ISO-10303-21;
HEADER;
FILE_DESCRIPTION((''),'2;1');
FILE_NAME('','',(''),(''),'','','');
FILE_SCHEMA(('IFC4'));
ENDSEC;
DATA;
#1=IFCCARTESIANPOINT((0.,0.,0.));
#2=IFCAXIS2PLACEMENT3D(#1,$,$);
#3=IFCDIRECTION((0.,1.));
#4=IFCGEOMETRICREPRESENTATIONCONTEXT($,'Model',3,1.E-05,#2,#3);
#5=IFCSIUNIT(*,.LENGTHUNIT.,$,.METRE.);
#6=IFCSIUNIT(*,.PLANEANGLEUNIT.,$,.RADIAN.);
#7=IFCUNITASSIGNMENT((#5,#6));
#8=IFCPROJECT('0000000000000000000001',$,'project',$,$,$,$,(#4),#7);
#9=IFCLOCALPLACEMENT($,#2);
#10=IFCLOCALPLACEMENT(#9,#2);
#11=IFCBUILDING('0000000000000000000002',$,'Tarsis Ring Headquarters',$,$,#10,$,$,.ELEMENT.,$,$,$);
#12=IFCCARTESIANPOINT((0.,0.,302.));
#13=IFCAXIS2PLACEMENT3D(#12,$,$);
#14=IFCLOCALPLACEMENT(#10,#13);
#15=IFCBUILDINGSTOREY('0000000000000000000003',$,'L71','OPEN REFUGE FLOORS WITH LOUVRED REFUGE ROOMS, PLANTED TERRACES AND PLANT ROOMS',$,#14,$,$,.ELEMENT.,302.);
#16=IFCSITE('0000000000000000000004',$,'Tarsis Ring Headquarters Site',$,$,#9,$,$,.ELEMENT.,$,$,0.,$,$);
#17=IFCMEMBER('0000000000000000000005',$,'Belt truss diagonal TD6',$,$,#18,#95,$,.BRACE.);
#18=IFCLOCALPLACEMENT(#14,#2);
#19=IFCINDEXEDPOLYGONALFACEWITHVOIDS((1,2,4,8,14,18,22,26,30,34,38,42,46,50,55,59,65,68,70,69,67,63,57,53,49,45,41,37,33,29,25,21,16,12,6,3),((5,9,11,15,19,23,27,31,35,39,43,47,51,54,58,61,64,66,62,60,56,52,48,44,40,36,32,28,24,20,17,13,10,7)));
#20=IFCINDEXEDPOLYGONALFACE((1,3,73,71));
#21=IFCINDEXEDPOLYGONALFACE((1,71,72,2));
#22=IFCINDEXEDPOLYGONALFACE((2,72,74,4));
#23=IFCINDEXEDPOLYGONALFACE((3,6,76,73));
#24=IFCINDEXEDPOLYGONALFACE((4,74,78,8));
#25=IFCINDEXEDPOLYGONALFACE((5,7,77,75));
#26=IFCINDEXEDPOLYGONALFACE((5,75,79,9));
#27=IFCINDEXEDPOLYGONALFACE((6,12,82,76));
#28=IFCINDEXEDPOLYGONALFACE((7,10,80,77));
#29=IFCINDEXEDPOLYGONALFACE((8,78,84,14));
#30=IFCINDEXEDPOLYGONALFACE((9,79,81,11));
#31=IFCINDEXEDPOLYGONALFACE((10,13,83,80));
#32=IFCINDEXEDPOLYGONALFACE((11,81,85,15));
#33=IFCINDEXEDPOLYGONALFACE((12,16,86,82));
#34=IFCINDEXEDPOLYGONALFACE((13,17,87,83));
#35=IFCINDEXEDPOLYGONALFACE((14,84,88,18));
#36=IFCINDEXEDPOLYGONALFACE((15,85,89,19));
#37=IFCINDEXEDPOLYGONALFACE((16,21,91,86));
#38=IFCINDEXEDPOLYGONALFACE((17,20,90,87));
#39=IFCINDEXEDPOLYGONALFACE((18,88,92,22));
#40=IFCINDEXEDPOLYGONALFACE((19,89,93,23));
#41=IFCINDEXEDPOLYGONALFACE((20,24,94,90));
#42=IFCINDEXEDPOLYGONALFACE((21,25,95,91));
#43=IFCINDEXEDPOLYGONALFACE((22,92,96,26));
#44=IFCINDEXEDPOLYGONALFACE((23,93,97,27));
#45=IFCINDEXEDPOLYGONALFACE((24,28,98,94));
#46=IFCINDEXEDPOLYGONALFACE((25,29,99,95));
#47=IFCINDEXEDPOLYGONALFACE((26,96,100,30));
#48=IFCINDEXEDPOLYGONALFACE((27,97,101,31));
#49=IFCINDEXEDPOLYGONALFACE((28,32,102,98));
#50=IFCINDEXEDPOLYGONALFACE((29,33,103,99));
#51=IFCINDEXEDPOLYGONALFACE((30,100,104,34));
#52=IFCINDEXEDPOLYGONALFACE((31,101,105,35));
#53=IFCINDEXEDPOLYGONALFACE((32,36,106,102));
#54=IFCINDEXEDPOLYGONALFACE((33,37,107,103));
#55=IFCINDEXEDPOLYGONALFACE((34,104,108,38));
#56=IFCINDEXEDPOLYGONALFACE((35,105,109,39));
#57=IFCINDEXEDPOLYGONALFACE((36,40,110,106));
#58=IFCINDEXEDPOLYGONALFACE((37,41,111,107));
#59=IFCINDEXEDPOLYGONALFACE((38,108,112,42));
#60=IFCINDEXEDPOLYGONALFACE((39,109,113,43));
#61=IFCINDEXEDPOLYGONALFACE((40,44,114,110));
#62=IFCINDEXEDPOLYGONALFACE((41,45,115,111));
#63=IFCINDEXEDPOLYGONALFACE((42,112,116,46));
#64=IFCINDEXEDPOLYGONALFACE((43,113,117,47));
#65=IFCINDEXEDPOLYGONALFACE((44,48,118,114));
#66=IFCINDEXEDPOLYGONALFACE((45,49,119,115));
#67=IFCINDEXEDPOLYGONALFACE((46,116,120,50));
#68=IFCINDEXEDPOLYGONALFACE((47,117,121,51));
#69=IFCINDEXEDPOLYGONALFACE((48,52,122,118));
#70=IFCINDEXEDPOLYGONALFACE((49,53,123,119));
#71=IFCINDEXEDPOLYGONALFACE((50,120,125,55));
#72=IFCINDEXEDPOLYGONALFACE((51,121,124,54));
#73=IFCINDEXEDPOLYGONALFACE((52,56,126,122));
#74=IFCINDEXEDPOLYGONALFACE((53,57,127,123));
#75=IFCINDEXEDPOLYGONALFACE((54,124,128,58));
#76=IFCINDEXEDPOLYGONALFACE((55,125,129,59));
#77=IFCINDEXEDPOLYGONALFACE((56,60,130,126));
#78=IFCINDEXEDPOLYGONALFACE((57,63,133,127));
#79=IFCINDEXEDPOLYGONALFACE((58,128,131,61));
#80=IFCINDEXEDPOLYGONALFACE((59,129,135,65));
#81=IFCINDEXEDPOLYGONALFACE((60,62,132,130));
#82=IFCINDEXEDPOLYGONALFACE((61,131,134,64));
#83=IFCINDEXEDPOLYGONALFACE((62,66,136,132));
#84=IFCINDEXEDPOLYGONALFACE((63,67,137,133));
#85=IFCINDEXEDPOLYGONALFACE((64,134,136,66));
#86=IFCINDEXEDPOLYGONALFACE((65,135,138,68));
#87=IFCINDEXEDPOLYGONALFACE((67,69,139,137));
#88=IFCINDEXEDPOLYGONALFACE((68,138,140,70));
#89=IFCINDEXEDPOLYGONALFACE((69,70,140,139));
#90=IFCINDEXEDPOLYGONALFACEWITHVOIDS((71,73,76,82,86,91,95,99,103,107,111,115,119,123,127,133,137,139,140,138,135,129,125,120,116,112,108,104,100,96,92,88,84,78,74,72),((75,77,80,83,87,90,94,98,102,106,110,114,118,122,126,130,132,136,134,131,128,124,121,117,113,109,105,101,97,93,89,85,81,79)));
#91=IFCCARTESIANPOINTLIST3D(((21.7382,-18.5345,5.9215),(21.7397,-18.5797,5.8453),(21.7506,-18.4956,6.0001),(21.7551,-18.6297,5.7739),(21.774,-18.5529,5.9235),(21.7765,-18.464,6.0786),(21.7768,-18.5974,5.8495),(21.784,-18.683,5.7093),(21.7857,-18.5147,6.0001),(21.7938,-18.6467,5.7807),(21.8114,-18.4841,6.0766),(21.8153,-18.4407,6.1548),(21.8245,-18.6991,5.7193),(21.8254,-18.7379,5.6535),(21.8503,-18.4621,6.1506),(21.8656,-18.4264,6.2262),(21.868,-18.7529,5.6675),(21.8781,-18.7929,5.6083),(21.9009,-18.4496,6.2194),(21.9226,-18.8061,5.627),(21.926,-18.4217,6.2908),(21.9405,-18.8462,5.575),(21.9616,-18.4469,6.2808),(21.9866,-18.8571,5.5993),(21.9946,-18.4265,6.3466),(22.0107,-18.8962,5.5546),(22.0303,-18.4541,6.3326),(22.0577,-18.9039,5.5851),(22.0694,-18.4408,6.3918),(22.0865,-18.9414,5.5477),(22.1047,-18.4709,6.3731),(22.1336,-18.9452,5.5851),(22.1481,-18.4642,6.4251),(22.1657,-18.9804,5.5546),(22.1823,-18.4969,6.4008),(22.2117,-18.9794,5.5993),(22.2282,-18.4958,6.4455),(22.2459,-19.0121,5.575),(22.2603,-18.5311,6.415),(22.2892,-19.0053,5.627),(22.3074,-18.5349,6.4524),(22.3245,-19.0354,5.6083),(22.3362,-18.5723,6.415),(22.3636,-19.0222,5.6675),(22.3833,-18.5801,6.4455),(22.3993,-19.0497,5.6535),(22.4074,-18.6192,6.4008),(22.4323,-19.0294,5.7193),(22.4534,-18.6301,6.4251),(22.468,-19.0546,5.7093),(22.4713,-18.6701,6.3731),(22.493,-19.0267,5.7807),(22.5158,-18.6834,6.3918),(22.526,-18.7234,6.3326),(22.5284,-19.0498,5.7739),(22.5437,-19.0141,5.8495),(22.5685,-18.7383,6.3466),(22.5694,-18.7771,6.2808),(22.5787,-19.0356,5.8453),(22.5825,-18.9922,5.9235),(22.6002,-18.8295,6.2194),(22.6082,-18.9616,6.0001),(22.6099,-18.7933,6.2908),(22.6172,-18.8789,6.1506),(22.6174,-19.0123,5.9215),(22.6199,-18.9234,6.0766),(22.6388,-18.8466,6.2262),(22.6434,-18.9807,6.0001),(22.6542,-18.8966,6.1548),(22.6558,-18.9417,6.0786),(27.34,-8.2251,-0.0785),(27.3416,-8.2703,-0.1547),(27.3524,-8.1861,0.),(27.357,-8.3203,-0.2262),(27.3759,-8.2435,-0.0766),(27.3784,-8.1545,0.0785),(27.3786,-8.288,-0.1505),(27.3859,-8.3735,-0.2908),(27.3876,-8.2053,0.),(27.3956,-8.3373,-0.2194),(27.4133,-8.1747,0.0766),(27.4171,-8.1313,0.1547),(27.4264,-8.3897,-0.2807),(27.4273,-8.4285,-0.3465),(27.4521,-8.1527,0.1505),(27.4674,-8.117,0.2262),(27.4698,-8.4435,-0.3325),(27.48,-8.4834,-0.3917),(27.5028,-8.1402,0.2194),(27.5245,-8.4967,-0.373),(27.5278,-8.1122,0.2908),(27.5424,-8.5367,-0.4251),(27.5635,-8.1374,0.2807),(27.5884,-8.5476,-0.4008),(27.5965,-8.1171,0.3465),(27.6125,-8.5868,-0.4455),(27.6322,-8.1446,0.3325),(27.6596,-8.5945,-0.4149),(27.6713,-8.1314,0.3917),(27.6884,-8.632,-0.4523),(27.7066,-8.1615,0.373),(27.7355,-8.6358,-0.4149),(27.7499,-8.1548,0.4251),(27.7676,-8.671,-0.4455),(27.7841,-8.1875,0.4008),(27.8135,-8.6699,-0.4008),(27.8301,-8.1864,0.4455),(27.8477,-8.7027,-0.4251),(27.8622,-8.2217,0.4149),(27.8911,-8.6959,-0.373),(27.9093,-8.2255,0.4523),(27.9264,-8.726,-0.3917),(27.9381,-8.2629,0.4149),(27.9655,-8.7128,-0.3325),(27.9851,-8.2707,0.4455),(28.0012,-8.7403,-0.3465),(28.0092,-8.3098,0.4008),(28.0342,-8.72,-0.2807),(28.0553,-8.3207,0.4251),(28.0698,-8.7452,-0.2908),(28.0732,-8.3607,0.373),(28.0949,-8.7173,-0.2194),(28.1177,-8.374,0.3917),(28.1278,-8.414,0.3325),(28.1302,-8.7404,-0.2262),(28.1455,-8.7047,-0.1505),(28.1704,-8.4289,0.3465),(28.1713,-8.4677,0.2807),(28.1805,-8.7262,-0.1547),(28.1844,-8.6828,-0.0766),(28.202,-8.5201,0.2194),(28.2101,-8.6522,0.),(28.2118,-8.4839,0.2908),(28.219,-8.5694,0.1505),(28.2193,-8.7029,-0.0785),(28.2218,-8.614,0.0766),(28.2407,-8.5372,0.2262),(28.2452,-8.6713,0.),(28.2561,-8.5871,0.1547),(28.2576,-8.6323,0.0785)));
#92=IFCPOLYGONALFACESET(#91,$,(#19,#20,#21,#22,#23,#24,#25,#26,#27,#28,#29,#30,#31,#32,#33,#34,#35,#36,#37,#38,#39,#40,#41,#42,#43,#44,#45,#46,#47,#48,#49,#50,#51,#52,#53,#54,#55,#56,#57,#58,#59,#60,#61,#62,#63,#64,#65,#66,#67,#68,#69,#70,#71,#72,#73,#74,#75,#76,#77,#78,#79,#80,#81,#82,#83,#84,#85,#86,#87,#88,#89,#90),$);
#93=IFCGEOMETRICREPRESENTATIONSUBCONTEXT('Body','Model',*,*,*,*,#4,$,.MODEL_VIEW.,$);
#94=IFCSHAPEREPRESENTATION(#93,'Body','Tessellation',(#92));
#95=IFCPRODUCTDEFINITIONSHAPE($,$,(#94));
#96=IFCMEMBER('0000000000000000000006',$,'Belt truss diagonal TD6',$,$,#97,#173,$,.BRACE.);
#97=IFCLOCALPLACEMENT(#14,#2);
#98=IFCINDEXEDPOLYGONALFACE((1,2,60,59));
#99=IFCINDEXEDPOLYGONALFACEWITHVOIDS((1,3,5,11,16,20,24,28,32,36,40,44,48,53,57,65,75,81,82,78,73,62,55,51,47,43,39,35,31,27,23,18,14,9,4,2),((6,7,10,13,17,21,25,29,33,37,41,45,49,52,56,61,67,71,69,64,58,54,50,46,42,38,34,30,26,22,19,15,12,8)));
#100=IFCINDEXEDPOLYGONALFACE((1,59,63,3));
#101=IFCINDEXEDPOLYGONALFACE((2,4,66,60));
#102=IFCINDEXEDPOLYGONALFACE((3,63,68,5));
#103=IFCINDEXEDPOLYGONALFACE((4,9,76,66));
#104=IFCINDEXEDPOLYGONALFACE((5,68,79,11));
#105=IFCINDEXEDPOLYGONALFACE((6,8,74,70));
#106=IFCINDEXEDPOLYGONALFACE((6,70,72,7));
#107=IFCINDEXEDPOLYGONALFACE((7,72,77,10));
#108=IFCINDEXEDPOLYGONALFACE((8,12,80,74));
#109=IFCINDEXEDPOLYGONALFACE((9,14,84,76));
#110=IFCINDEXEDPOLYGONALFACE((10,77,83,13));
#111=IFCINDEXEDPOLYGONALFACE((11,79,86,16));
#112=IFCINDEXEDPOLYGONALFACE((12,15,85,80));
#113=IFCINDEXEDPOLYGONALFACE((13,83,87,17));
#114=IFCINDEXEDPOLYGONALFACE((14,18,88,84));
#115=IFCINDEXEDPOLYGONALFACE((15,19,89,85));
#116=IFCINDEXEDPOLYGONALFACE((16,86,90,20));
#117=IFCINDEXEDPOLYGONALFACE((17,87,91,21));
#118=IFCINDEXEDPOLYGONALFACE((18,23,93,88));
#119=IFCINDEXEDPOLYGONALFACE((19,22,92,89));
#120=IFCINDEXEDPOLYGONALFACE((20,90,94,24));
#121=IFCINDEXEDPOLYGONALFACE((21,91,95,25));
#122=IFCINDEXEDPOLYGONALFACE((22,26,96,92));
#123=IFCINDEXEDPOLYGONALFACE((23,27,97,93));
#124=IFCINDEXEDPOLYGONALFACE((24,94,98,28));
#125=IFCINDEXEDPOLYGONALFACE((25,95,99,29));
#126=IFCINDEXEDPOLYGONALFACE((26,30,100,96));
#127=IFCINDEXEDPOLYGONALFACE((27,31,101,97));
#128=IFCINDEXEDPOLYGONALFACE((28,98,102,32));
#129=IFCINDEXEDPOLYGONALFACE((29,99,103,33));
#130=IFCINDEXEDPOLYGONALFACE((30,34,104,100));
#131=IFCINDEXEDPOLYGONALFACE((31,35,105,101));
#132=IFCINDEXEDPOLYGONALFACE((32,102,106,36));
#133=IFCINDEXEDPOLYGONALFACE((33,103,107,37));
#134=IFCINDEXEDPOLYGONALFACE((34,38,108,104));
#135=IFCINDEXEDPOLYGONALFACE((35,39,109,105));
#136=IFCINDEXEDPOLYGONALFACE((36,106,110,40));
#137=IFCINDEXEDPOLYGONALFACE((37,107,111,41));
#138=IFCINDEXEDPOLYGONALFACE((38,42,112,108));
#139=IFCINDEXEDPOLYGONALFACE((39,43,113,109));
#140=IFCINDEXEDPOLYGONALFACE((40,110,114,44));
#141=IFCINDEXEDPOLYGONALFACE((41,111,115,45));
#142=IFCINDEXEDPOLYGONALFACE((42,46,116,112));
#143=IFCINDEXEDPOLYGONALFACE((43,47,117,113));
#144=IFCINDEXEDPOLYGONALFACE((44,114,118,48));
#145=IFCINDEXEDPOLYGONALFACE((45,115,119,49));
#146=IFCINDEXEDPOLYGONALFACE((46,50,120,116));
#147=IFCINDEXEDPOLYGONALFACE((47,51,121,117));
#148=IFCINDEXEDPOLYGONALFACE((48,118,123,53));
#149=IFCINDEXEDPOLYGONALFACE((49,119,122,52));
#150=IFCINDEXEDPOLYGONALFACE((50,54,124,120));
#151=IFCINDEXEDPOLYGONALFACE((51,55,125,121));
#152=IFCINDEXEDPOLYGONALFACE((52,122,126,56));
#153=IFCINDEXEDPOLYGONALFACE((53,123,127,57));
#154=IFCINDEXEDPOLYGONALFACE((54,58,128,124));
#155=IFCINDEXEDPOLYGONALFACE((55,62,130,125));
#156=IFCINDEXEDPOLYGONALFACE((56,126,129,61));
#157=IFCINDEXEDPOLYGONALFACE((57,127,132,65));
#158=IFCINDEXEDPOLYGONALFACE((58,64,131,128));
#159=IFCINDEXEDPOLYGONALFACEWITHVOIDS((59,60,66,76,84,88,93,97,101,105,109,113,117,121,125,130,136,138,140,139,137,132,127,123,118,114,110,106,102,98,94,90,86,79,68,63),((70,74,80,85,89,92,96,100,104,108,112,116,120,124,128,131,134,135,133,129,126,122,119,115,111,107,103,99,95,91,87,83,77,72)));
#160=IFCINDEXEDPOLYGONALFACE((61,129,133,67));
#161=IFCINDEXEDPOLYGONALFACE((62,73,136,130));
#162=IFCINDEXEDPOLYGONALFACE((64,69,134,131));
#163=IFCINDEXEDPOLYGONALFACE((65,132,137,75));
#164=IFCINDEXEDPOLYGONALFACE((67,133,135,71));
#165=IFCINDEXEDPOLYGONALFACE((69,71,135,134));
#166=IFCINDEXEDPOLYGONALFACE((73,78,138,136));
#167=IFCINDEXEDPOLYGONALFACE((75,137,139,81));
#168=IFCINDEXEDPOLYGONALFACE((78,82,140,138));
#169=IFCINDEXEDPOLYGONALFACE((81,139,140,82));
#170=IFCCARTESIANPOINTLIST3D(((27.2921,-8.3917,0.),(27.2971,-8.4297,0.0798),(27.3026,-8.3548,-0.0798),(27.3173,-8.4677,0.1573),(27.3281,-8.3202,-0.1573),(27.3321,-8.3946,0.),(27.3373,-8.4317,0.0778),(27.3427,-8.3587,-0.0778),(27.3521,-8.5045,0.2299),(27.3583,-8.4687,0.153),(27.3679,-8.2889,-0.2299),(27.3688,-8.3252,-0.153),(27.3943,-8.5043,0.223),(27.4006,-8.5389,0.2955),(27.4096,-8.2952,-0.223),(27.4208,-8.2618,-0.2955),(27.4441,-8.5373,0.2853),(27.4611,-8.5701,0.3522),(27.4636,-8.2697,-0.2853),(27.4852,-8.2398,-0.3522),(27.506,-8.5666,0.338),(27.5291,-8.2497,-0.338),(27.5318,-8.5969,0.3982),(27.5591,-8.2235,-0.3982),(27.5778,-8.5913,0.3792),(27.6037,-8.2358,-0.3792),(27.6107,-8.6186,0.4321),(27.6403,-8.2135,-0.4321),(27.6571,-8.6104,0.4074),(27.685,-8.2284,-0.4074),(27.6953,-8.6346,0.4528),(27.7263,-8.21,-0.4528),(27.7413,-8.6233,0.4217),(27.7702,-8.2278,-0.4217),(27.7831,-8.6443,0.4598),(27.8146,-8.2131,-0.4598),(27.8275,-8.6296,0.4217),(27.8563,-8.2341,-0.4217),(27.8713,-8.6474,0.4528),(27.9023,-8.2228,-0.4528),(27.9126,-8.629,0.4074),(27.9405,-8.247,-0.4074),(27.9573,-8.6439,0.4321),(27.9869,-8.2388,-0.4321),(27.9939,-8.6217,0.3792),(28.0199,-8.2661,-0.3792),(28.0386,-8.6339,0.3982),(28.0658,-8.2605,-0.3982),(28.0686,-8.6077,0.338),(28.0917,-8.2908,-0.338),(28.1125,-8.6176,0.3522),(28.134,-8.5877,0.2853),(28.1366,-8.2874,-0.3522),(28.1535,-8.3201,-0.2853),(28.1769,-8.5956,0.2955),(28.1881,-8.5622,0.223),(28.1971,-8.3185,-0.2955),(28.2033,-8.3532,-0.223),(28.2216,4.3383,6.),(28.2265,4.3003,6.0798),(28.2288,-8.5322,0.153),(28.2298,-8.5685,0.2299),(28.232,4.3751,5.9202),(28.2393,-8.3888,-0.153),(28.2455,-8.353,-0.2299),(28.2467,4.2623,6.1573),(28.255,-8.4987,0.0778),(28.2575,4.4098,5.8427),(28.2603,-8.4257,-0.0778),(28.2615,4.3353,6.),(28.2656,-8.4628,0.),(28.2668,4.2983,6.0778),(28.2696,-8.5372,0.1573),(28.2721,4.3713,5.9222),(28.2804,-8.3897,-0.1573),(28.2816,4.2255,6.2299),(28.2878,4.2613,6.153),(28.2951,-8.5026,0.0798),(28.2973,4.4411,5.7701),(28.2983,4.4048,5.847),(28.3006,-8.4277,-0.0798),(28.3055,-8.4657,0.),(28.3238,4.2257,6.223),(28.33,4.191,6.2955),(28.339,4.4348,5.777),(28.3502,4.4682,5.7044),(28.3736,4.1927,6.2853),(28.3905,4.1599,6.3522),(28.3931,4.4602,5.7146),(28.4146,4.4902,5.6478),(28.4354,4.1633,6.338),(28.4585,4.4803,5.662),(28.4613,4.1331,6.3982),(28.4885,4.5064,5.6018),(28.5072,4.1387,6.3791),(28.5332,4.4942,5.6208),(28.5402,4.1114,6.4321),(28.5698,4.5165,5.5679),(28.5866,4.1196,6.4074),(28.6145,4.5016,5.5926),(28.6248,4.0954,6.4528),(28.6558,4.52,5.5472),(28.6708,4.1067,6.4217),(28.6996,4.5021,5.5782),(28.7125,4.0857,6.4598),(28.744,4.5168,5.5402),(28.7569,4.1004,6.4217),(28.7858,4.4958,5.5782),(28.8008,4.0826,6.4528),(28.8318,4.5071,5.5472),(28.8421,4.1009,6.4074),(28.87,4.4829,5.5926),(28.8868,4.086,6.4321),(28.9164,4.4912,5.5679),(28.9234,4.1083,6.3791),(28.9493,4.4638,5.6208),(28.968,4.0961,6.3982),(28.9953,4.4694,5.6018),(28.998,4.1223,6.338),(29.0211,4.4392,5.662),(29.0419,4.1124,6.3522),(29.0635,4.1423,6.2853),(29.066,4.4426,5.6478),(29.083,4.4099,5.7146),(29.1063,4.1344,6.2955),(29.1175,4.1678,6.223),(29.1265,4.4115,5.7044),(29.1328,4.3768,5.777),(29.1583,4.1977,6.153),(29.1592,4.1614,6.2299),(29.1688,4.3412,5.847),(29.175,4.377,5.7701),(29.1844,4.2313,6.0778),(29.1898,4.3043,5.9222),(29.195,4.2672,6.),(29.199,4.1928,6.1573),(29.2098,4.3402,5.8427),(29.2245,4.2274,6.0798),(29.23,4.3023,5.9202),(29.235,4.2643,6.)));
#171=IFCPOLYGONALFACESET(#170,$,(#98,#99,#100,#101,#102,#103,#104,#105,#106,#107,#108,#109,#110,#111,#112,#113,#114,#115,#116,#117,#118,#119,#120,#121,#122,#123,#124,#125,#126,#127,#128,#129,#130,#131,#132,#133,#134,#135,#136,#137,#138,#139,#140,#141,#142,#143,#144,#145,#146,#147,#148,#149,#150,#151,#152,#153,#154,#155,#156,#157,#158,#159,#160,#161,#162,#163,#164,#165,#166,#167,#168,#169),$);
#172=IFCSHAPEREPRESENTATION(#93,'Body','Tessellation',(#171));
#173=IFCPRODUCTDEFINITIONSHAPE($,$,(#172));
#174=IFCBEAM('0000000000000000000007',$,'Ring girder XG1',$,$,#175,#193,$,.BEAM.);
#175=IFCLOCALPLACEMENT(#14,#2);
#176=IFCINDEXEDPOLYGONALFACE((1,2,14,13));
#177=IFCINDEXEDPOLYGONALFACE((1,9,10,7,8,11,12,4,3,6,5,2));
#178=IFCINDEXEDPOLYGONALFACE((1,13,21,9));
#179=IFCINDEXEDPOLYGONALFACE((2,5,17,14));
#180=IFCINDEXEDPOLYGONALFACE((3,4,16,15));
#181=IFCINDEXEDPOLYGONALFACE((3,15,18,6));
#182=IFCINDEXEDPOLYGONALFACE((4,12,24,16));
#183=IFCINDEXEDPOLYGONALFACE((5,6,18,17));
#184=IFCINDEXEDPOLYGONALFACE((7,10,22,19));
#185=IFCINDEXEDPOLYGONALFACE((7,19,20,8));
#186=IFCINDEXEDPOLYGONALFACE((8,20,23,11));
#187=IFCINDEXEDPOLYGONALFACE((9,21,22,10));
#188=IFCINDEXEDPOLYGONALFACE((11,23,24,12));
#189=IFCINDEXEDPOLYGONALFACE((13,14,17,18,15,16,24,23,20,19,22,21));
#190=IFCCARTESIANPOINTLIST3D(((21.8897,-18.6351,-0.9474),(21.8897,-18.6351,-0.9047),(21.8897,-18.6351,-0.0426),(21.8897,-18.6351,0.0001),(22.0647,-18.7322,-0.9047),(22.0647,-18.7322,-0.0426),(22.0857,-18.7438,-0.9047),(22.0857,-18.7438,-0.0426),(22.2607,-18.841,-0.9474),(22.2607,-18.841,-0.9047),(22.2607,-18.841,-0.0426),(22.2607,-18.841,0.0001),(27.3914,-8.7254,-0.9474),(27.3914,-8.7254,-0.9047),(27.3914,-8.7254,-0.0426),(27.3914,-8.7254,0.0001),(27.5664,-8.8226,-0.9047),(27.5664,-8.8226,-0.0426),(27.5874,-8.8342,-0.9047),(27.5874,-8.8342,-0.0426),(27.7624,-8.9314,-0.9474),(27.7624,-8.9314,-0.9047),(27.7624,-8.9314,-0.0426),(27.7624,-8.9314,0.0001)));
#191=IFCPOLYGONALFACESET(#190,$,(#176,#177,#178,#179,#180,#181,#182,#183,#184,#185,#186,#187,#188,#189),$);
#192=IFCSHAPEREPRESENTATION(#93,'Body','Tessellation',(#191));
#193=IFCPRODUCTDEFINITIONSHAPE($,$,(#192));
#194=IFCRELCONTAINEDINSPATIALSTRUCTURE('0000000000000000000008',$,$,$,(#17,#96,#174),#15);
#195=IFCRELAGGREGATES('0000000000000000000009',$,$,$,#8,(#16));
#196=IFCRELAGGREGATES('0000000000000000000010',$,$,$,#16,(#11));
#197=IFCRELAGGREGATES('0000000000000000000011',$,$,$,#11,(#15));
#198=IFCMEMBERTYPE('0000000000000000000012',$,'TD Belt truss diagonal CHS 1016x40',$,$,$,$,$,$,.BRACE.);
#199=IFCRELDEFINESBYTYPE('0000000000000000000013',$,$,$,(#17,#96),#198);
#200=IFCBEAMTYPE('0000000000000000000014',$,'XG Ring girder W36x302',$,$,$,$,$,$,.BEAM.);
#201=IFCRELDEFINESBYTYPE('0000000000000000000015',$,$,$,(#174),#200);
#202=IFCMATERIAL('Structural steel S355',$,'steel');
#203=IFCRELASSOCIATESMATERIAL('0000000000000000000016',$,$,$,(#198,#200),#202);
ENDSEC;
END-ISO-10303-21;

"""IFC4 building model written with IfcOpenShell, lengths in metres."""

from ifc_helpers import new_model, si_unit, direction, frame, origin, origin_2d, place, context, subcontext, project, spatial, hollow_circle, i_section, extrude, material, material_profile, profile_set, type_object, element, save


model = new_model("IFC4")

# Units and contexts
model_context = context("Model", 3, precision=1e-05, world=origin(), true_north=direction((0.0, 1.0)))
body_context = subcontext(model_context, "Body", "Model", "MODEL_VIEW")
ifc_project = project(units=[si_unit("LENGTHUNIT", "METRE"), si_unit("PLANEANGLEUNIT", "RADIAN")], contexts=[model_context])

# Site, building, storey
site_placement = place(None, origin())
site = spatial("IfcSite", under=ifc_project, at=site_placement, Name="Tarsis Ring Headquarters Site", CompositionType="ELEMENT", RefElevation=0.0)
building_placement = place(site_placement, origin())
building = spatial("IfcBuilding", under=site, at=building_placement, Name="Tarsis Ring Headquarters", CompositionType="ELEMENT")
storey_placement = place(building_placement, frame((0.0, 0.0, 302.0)))
storey = spatial("IfcBuildingStorey", under=building, at=storey_placement, Name="L71", Description="OPEN REFUGE FLOORS WITH LOUVRED REFUGE ROOMS, PLANTED TERRACES AND PLANT ROOMS", CompositionType="ELEMENT", Elevation=302.0)

# Shared definitions
ifc_material_1 = material(Name="Structural steel S355", Category="steel")
ifc_material_profile_1 = material_profile(ifc_material_1, hollow_circle(Radius=0.5081, WallThickness=0.04, at=origin_2d()), Name="CHS 1016x40")
ifc_profile_set_1 = profile_set([ifc_material_profile_1], Name="Structural steel S355")

# Members
member_type = type_object("IfcMemberType", Name="TD Belt truss diagonal CHS 1016x40", PredefinedType="BRACE", material=ifc_profile_set_1)
member_1_placement = place(storey_placement, frame((27.7988, -8.4287, 0.0), z_axis=(-0.425084, -0.782307, 0.455301), x_axis=(0.878663, -0.477442, 0.0)))
element("IfcMember", 1, at=member_1_placement, inside=storey, type_object=member_type, Name="Belt truss diagonal TD6", PredefinedType="BRACE", context=body_context, shape_type="SweptSolid", body=[
    extrude(hollow_circle(Radius=0.5081, WallThickness=0.04, at=origin_2d()), origin(), (0.0, 0.0, 1.0), 13.1782),
])
member_2_placement = place(storey_placement, frame((27.7988, -8.4287, 0.0), z_axis=(0.0659, 0.902594, 0.425418), x_axis=(-0.997345, 0.072818, 0.0)))
element("IfcMember", 2, at=member_2_placement, inside=storey, type_object=member_type, Name="Belt truss diagonal TD6", PredefinedType="BRACE", context=body_context, shape_type="SweptSolid", body=[
    extrude(hollow_circle(Radius=0.5081, WallThickness=0.04, at=origin_2d()), origin(), (0.0, 0.0, 1.0), 14.1038),
])

# Beam
ifc_material_profile_2 = material_profile(ifc_material_1, i_section(OverallWidth=0.4243, OverallDepth=0.9475, WebThickness=0.0239, FlangeThickness=0.0427, at=origin_2d()), Name="W36x302")
ifc_profile_set_2 = profile_set([ifc_material_profile_2], Name="Structural steel S355")
beam_type = type_object("IfcBeamType", Name="XG Ring girder W36x302", PredefinedType="BEAM", material=ifc_profile_set_2)
beam_1_placement = place(storey_placement, frame((22.0752, -18.738, -0.4736), z_axis=(0.485396, 0.874294, 0.0), x_axis=(-0.874294, 0.485396, 0.0)))
element("IfcBeam", 3, at=beam_1_placement, inside=storey, type_object=beam_type, Name="Ring girder XG1", PredefinedType="BEAM", context=body_context, shape_type="SweptSolid", body=[
    extrude(i_section(OverallWidth=0.4243, OverallDepth=0.9475, WebThickness=0.0239, FlangeThickness=0.0427, at=origin_2d()), origin(), (0.0, 0.0, 1.0), 11.3345),
])

save(model, "model.ifc")
